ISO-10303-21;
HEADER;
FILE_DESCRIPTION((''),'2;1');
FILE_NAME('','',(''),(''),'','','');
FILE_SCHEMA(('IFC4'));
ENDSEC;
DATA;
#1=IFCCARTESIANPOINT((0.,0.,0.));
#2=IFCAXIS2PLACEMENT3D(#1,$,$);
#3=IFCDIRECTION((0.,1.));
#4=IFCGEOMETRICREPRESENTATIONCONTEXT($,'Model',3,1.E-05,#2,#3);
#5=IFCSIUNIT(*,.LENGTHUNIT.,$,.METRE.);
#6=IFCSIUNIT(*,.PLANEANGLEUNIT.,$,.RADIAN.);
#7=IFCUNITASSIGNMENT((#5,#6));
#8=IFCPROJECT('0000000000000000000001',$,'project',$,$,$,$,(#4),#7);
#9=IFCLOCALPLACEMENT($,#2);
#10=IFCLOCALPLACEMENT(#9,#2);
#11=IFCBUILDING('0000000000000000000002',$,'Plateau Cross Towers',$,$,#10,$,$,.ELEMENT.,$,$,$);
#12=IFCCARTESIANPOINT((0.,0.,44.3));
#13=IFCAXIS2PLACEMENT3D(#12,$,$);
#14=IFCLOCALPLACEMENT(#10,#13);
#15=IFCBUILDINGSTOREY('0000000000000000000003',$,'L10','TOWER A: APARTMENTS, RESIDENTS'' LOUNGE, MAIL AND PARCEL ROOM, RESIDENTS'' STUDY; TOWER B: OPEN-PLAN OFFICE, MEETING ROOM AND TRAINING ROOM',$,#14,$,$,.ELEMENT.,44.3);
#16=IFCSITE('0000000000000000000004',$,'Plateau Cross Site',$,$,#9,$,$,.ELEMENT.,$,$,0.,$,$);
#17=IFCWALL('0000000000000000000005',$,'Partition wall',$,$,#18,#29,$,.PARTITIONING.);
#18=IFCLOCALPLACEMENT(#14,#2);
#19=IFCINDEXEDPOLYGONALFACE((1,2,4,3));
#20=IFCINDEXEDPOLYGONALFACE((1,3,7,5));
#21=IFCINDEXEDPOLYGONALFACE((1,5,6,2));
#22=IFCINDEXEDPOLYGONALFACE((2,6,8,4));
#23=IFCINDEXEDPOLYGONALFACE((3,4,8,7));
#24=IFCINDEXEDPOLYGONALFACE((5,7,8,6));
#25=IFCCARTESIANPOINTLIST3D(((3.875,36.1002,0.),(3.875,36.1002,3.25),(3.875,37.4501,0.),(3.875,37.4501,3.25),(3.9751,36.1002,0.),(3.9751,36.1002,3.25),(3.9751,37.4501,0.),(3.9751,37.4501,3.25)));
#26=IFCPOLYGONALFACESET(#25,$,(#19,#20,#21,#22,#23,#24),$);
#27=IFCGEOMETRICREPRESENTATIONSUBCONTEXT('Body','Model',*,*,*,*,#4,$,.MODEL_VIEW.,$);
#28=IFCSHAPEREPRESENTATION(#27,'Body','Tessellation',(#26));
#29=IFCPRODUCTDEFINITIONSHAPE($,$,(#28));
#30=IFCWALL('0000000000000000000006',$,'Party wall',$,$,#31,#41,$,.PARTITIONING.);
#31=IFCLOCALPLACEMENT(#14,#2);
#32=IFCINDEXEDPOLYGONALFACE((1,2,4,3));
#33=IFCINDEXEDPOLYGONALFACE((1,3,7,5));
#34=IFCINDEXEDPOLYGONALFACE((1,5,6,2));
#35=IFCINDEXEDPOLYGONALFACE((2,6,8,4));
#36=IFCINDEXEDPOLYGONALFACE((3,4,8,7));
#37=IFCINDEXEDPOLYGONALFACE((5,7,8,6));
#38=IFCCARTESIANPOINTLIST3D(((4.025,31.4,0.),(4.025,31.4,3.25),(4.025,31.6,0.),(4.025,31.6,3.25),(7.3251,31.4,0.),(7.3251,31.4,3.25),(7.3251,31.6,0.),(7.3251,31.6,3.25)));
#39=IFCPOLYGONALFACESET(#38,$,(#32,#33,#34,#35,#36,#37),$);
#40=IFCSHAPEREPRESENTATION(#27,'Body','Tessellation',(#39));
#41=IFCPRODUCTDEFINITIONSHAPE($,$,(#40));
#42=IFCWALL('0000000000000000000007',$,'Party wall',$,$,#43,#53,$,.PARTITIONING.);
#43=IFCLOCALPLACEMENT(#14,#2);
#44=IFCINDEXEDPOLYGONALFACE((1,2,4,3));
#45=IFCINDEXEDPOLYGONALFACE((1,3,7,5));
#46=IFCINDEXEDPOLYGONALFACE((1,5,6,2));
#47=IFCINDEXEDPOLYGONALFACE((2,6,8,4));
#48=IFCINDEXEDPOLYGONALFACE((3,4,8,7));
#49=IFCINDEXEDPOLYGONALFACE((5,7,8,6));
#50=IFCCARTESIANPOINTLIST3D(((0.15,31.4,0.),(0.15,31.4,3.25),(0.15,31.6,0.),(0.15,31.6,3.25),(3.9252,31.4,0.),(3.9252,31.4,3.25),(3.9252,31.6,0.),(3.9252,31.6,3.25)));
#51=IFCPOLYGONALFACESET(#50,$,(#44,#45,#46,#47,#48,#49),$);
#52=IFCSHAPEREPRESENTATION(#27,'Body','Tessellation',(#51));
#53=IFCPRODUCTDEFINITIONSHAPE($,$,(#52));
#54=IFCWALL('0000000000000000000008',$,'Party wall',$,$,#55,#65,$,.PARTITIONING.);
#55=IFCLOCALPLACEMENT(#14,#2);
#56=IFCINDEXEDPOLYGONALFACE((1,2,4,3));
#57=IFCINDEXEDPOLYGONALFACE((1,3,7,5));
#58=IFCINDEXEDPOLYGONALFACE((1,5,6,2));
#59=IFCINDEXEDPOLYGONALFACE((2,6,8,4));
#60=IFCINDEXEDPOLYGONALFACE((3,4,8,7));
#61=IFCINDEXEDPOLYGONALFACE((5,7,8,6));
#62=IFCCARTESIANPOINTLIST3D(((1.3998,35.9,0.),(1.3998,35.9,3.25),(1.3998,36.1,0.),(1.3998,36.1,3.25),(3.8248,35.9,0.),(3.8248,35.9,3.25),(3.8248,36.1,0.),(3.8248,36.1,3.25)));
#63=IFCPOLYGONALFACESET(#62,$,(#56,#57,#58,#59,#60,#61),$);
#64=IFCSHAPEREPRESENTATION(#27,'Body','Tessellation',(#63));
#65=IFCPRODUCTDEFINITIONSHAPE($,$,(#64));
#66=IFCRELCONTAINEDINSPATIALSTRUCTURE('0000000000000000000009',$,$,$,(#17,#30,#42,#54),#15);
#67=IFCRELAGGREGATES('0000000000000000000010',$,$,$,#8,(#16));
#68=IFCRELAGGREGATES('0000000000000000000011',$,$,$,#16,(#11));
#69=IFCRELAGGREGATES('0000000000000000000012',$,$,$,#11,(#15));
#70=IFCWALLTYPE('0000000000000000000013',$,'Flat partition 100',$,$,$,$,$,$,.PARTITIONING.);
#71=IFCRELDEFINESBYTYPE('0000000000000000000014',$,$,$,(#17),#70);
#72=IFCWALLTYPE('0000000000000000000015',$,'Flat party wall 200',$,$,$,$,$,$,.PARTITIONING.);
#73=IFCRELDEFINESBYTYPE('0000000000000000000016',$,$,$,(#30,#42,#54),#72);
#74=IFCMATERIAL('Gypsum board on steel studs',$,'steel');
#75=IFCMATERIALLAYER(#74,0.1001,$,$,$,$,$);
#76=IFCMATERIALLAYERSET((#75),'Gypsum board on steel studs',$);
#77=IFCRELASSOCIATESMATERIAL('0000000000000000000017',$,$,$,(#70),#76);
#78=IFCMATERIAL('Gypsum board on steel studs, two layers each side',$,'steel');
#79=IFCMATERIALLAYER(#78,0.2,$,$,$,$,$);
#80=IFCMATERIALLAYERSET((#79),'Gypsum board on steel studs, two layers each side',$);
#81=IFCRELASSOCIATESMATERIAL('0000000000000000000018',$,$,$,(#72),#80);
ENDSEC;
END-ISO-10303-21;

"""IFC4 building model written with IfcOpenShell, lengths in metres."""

from ifc_helpers import new_model, si_unit, direction, frame, frame_2d, origin, place, context, subcontext, project, spatial, rectangle, extrude, material, layer, layer_set, type_object, element, save


model = new_model("IFC4")

# Units and contexts
model_context = context("Model", 3, precision=1e-05, world=origin(), true_north=direction((0.0, 1.0)))
body_context = subcontext(model_context, "Body", "Model", "MODEL_VIEW")
ifc_project = project(units=[si_unit("LENGTHUNIT", "METRE"), si_unit("PLANEANGLEUNIT", "RADIAN")], contexts=[model_context])

# Site, building, storey
site_placement = place(None, origin())
site = spatial("IfcSite", under=ifc_project, at=site_placement, Name="Plateau Cross Site", CompositionType="ELEMENT", RefElevation=0.0)
building_placement = place(site_placement, origin())
building = spatial("IfcBuilding", under=site, at=building_placement, Name="Plateau Cross Towers", CompositionType="ELEMENT")
storey_placement = place(building_placement, frame((0.0, 0.0, 44.3)))
storey = spatial("IfcBuildingStorey", under=building, at=storey_placement, Name="L10", Description="TOWER A: APARTMENTS, RESIDENTS' LOUNGE, MAIL AND PARCEL ROOM, RESIDENTS' STUDY; TOWER B: OPEN-PLAN OFFICE, MEETING ROOM AND TRAINING ROOM", CompositionType="ELEMENT", Elevation=44.3)

# Shared definitions
ifc_material_1 = material(Name="Gypsum board on steel studs", Category="steel")
ifc_layer_1 = layer(ifc_material_1, 0.1001)
ifc_layer_set_1 = layer_set([ifc_layer_1], Name="Gypsum board on steel studs")
wall_type_1 = type_object("IfcWallType", Name="Flat partition 100", PredefinedType="PARTITIONING", material=ifc_layer_set_1)

# Walls
for number, where, z_axis, x_axis, name in (
    (1, (3.925, 37.45, 0.0), (0.0, 0.0, 1.0), (0.0, -1.0, 0.0), "Partition wall"),
):
    element("IfcWall", number, at=place(storey_placement, frame(where, z_axis=z_axis, x_axis=x_axis)), inside=storey, type_object=wall_type_1, Name=name, PredefinedType="PARTITIONING", context=body_context, shape_type="SweptSolid", body=[
        extrude(rectangle(XDim=1.3499, YDim=0.1001, at=frame_2d((0.6748, 0.0))), origin(), (0.0, 0.0, 1.0), 3.25),
    ])
ifc_material_2 = material(Name="Gypsum board on steel studs, two layers each side", Category="steel")
ifc_layer_2 = layer(ifc_material_2, 0.2)
ifc_layer_set_2 = layer_set([ifc_layer_2], Name="Gypsum board on steel studs, two layers each side")
wall_type_2 = type_object("IfcWallType", Name="Flat party wall 200", PredefinedType="PARTITIONING", material=ifc_layer_set_2)
wall_1_placement = place(storey_placement, frame((7.325, 31.5, 0.0), z_axis=(0.0, 0.0, 1.0), x_axis=(-1.0, 0.0, 0.0)))
element("IfcWall", 2, at=wall_1_placement, inside=storey, type_object=wall_type_2, Name="Party wall", PredefinedType="PARTITIONING", context=body_context, shape_type="SweptSolid", body=[
    extrude(rectangle(XDim=3.3, YDim=0.2, at=frame_2d((1.6499, 0.0))), origin(), (0.0, 0.0, 1.0), 3.25),
])
wall_2_placement = place(storey_placement, frame((0.1499, 31.5, 0.0), z_axis=(0.0, 0.0, 1.0), x_axis=(1.0, 0.0, 0.0)))
element("IfcWall", 3, at=wall_2_placement, inside=storey, type_object=wall_type_2, Name="Party wall", PredefinedType="PARTITIONING", context=body_context, shape_type="SweptSolid", body=[
    extrude(rectangle(XDim=3.7751, YDim=0.2, at=frame_2d((1.8877, 0.0))), origin(), (0.0, 0.0, 1.0), 3.25),
])
wall_3_placement = place(storey_placement, frame((1.3999, 36.0, 0.0), z_axis=(0.0, 0.0, 1.0), x_axis=(1.0, 0.0, 0.0)))
element("IfcWall", 4, at=wall_3_placement, inside=storey, type_object=wall_type_2, Name="Party wall", PredefinedType="PARTITIONING", context=body_context, shape_type="SweptSolid", body=[
    extrude(rectangle(XDim=2.425, YDim=0.2, at=frame_2d((1.2124, 0.0))), origin(), (0.0, 0.0, 1.0), 3.25),
])

save(model, "model.ifc")
